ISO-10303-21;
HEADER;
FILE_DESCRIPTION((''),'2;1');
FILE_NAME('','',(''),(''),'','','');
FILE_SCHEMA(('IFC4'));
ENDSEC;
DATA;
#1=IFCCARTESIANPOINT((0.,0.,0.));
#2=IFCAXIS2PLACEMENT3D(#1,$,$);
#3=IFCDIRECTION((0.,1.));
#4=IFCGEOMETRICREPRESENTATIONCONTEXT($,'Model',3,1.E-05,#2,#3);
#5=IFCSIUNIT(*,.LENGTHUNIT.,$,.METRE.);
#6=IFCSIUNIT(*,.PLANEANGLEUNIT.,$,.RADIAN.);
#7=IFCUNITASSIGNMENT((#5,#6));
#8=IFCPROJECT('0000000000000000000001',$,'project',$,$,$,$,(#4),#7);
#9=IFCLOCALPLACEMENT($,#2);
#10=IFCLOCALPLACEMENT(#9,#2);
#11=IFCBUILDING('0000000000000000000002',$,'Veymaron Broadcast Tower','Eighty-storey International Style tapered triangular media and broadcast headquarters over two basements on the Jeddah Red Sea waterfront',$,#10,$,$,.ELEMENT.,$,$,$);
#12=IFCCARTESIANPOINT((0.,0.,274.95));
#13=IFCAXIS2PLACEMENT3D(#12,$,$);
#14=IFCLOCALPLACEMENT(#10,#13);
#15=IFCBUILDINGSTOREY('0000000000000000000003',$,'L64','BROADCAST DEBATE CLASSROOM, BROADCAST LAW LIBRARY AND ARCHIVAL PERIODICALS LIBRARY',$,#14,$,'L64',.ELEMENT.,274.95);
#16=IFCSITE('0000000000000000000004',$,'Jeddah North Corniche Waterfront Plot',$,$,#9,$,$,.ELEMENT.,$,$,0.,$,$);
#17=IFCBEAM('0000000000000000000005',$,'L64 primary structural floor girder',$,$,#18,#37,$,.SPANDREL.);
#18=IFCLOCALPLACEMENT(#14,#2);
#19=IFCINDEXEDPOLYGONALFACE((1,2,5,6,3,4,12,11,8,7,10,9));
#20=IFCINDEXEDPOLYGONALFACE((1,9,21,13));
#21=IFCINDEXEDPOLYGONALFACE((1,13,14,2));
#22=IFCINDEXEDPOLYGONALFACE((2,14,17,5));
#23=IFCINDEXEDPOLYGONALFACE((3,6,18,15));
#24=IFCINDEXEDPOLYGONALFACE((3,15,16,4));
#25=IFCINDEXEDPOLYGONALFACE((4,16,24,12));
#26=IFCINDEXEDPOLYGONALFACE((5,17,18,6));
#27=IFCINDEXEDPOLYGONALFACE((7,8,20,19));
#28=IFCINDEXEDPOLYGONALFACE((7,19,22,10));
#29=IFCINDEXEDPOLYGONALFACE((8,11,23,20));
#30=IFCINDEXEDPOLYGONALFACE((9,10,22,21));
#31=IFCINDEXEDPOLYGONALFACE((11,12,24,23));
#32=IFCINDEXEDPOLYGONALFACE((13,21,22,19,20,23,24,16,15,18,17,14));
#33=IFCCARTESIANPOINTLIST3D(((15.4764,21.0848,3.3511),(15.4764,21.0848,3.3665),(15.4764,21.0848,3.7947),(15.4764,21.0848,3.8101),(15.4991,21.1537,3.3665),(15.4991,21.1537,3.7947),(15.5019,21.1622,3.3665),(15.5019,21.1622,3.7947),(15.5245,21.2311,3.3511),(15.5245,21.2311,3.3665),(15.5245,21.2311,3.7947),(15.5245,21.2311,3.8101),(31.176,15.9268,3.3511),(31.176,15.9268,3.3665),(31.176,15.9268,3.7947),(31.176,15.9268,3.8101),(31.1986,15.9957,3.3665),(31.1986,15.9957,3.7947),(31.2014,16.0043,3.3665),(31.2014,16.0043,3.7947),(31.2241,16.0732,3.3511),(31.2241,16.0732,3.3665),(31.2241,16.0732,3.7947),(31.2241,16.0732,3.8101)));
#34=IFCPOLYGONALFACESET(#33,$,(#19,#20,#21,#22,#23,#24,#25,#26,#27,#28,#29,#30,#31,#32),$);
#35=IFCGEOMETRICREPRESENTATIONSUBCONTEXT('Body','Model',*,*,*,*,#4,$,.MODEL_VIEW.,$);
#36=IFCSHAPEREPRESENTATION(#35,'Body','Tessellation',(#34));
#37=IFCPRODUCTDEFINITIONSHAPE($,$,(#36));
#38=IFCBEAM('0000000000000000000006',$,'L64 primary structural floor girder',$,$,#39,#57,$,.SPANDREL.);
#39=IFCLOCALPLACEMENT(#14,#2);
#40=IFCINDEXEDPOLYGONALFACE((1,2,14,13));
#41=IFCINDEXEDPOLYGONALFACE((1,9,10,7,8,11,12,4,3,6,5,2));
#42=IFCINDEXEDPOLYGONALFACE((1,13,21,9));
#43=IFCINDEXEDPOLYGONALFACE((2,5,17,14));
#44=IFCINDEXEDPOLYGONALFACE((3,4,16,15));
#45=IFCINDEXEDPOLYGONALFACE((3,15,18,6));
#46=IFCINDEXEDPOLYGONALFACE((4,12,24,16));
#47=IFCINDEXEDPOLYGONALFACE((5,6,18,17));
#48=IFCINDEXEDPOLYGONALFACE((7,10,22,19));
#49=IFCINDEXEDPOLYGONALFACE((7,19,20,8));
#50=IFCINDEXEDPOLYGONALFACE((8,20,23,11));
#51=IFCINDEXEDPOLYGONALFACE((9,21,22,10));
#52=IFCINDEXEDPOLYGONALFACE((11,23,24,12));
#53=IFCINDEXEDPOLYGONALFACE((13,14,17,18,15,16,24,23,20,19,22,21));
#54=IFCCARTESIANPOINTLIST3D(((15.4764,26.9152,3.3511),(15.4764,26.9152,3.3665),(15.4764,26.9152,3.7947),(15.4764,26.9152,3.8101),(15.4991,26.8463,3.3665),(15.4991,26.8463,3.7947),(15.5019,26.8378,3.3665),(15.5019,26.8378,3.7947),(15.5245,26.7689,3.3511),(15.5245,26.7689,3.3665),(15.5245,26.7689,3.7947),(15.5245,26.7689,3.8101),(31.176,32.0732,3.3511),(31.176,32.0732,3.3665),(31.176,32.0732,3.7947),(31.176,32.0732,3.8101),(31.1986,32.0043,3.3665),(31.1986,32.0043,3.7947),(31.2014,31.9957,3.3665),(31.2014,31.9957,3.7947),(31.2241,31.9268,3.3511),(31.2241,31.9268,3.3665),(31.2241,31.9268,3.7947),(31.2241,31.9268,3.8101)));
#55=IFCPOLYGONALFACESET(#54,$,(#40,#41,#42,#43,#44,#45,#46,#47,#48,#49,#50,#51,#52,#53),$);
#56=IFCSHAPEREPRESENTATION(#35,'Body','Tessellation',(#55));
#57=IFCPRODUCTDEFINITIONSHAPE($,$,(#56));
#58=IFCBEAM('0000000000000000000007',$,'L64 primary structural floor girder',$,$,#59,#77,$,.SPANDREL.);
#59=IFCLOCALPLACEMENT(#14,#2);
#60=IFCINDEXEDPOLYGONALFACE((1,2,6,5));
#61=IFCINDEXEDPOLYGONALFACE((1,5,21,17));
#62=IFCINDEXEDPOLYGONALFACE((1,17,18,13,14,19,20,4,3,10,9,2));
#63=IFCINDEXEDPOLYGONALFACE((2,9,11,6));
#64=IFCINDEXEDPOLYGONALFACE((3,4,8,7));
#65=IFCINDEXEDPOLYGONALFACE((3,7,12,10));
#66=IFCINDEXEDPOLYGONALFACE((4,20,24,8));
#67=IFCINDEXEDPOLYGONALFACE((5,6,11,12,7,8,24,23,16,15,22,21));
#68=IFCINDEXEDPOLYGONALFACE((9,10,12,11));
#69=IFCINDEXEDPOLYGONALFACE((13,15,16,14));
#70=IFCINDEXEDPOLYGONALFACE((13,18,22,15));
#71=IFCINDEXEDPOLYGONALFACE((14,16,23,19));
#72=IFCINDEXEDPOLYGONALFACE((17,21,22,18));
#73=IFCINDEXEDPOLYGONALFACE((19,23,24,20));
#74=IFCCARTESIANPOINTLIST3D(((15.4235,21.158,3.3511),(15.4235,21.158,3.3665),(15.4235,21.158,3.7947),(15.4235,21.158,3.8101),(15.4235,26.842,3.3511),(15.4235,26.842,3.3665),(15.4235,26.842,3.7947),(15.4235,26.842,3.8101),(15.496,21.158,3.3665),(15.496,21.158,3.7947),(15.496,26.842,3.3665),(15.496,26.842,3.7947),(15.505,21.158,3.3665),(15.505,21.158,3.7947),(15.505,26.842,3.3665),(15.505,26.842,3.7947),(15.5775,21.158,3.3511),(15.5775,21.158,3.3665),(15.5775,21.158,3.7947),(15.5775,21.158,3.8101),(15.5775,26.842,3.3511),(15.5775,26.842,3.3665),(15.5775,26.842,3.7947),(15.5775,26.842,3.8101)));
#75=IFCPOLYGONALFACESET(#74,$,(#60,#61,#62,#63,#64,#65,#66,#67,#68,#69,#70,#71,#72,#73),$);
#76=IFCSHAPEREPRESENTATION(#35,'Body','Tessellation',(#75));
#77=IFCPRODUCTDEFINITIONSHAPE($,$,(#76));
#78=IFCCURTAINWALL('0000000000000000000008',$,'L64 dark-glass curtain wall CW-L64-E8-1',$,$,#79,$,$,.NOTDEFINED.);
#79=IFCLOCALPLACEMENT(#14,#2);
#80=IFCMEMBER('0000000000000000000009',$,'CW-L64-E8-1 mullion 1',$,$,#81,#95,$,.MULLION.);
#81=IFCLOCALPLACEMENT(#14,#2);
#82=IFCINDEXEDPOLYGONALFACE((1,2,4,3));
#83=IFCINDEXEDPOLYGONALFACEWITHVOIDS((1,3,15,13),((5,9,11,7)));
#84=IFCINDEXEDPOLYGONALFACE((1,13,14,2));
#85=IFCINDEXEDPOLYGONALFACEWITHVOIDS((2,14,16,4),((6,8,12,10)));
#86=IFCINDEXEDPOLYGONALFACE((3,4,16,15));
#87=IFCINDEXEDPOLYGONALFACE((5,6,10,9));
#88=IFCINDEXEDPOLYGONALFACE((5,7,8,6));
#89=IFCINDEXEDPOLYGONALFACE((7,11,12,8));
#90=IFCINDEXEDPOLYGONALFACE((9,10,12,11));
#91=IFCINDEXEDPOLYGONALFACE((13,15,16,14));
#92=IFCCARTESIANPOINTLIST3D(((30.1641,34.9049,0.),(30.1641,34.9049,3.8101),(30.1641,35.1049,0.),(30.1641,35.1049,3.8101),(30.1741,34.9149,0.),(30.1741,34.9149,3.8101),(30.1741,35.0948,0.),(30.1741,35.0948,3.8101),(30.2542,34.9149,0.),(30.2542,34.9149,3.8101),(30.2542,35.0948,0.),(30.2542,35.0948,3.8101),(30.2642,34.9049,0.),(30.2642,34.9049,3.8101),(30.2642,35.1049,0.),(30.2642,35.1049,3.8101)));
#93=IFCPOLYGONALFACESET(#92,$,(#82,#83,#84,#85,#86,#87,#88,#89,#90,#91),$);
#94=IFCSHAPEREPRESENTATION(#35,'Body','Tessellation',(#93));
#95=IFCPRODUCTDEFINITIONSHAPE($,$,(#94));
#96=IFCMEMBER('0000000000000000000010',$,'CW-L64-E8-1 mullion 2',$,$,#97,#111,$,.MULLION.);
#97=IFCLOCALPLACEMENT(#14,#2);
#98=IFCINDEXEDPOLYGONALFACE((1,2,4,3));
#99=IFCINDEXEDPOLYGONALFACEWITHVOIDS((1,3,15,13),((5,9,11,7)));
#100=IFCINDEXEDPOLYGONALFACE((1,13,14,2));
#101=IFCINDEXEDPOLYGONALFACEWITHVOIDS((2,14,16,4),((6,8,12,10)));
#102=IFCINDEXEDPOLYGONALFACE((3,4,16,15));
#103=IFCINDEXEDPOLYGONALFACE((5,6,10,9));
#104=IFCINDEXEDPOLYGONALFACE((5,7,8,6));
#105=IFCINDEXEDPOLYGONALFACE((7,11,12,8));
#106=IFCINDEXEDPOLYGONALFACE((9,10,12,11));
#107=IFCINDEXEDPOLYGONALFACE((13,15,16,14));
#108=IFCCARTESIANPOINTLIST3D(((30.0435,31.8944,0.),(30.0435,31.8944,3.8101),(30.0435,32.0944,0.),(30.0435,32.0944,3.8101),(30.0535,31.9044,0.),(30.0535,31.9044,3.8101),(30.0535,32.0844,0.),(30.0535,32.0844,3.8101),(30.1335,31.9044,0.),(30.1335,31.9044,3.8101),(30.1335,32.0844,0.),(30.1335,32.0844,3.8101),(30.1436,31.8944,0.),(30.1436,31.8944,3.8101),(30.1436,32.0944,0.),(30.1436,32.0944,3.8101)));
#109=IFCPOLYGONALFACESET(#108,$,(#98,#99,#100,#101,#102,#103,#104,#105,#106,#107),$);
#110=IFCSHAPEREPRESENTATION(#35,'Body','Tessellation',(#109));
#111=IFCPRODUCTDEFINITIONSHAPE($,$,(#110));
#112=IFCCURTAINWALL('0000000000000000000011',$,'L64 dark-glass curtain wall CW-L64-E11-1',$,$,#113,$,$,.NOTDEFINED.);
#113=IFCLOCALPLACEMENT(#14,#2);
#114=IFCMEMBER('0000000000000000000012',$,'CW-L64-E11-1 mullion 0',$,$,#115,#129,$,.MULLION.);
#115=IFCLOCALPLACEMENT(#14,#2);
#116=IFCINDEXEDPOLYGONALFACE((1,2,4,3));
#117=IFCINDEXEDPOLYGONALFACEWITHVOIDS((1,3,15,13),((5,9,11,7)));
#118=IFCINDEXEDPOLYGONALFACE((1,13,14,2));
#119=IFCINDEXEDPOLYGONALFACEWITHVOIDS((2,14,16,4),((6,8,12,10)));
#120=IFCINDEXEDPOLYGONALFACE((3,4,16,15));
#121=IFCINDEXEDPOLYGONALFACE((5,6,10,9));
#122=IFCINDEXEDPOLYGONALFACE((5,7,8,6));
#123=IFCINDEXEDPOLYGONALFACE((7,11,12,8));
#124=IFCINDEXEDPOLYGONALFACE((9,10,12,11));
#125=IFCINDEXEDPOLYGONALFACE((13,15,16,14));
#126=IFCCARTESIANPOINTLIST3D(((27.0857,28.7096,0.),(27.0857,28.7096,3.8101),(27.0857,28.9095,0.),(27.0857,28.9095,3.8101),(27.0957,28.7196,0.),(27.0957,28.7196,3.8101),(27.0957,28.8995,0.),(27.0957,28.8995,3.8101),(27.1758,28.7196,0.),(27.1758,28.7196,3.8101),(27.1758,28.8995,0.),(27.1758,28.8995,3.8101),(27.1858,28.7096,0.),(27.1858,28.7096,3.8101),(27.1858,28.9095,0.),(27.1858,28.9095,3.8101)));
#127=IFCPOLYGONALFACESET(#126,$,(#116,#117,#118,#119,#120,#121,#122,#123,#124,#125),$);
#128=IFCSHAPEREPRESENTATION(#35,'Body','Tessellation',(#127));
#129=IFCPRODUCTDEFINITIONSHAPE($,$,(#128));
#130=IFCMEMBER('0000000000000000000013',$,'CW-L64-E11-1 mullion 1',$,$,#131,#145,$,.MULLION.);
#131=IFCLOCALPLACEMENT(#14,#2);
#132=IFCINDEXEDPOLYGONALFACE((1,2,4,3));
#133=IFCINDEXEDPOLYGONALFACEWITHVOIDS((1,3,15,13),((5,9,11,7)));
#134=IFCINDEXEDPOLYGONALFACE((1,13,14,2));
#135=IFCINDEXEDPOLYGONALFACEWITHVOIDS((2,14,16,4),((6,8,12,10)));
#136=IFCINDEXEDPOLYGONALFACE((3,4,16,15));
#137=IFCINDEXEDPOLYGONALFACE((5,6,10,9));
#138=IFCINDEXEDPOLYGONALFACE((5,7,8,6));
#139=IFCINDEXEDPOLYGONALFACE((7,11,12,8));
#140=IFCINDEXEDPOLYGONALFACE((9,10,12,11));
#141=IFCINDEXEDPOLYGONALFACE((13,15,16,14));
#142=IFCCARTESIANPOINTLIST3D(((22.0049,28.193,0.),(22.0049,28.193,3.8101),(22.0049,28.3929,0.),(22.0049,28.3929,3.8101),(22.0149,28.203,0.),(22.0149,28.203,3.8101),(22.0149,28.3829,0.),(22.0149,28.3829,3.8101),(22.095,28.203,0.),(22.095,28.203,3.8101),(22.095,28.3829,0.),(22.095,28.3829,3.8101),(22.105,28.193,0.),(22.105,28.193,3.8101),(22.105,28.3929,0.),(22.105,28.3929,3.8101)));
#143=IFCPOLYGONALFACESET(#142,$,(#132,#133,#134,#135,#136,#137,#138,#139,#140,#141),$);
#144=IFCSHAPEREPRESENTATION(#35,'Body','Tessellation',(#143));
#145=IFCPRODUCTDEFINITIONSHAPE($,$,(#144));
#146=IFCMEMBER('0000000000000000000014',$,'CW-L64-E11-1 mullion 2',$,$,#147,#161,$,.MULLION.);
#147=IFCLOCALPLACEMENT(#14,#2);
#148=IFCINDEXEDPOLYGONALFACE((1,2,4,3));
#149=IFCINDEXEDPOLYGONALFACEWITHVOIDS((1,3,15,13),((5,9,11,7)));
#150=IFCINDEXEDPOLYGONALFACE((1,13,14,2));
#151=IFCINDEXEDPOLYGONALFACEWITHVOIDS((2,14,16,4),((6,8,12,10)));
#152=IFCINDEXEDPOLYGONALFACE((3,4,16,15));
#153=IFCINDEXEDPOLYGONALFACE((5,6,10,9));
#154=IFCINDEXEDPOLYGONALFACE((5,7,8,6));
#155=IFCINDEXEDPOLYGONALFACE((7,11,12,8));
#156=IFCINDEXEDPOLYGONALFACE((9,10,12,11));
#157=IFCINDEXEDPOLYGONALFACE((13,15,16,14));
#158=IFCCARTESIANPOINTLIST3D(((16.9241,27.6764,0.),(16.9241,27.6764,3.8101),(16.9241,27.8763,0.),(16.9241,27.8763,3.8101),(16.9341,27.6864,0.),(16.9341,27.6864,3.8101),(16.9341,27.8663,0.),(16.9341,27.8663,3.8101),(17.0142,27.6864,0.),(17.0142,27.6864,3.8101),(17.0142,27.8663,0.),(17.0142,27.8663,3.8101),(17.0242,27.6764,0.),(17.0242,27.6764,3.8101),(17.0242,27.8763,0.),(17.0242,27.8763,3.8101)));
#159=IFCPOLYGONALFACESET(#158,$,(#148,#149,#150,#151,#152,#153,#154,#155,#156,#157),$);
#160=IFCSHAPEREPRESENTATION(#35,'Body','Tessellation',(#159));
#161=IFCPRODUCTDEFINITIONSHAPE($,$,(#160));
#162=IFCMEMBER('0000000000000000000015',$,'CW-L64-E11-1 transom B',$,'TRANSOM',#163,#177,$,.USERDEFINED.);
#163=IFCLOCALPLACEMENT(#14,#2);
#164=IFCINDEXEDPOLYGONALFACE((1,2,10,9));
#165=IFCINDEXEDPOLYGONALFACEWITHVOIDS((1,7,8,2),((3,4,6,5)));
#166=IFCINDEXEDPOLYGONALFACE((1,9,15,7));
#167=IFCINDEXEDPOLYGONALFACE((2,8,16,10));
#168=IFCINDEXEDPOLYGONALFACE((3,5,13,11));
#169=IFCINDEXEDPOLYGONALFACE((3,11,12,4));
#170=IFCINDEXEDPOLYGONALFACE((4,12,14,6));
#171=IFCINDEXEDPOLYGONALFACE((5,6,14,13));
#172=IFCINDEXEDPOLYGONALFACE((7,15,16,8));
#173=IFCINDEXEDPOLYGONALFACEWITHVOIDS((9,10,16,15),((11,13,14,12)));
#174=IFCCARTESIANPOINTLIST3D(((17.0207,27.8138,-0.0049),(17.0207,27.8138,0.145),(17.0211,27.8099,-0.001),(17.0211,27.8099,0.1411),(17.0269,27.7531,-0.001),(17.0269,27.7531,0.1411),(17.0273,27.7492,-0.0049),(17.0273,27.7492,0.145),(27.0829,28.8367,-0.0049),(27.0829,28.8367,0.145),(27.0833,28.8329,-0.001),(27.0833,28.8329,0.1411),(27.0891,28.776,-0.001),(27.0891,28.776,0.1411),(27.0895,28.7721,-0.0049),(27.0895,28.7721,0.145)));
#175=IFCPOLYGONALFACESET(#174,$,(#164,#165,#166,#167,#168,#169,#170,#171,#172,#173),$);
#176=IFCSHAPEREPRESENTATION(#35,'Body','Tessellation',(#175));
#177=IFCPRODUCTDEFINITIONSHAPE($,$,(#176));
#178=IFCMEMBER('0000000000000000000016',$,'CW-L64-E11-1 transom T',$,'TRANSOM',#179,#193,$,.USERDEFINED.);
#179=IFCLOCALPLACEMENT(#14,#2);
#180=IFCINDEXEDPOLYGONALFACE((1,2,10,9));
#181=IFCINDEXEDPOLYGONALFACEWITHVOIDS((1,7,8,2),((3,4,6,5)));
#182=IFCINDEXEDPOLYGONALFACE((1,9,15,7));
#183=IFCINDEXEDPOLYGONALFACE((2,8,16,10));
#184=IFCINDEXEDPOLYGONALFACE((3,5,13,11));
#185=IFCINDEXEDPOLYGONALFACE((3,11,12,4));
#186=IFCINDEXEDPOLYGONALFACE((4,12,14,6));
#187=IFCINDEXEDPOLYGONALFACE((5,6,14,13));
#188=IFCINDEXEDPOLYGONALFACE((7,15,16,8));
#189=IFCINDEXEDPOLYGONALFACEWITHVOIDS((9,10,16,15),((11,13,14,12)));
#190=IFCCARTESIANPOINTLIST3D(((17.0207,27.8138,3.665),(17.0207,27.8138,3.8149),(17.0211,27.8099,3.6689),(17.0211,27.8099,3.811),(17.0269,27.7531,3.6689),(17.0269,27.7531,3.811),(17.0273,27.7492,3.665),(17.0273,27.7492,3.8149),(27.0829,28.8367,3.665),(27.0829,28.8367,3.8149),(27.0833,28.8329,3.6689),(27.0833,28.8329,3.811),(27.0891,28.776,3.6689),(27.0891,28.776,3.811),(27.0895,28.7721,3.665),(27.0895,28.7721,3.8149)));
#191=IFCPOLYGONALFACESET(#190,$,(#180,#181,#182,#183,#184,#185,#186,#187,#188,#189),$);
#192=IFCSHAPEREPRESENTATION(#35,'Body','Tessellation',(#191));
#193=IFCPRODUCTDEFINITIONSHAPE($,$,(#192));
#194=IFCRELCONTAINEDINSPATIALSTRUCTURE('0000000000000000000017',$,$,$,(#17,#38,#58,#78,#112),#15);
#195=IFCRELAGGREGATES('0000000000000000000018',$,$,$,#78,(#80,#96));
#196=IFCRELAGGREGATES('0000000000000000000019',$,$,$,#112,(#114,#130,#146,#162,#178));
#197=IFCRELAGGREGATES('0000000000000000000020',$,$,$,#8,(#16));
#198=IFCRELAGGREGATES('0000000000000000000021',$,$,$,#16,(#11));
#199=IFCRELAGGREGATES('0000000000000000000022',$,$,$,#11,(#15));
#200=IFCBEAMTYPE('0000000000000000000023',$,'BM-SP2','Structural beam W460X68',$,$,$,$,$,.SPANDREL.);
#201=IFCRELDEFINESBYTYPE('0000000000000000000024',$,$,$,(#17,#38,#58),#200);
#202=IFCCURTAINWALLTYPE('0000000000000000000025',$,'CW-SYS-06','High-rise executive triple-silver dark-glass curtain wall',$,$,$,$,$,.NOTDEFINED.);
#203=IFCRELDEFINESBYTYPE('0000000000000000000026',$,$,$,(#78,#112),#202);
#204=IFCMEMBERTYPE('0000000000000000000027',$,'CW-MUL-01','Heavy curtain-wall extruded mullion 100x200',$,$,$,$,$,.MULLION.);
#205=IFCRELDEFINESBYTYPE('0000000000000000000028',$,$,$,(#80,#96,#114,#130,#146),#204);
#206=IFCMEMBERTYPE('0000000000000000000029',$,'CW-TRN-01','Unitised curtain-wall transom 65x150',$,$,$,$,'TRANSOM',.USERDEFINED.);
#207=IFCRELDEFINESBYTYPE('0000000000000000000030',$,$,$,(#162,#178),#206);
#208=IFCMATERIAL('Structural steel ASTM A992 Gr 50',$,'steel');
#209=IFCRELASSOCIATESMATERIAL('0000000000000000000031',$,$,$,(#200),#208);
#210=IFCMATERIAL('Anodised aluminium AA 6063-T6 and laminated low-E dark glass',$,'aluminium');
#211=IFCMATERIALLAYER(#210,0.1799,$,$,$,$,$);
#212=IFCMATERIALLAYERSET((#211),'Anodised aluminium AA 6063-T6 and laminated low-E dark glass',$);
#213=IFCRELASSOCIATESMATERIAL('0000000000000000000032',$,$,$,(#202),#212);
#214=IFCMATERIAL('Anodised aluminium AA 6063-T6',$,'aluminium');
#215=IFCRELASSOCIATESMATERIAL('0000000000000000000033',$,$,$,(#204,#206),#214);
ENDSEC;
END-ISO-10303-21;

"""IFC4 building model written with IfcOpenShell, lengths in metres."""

from ifc_helpers import new_model, si_unit, direction, frame, origin, origin_2d, place, context, subcontext, project, spatial, hollow_rectangle, i_section, extrude, material, layer, layer_set, material_profile, profile_set, type_object, element, aggregate, save


model = new_model("IFC4")

# Units and contexts
model_context = context("Model", 3, precision=1e-05, world=origin(), true_north=direction((0.0, 1.0)))
body_context = subcontext(model_context, "Body", "Model", "MODEL_VIEW")
ifc_project = project(units=[si_unit("LENGTHUNIT", "METRE"), si_unit("PLANEANGLEUNIT", "RADIAN")], contexts=[model_context])

# Site, building, storey
site_placement = place(None, origin())
site = spatial("IfcSite", under=ifc_project, at=site_placement, Name="Jeddah North Corniche Waterfront Plot", CompositionType="ELEMENT", RefElevation=0.0)
building_placement = place(site_placement, origin())
building = spatial("IfcBuilding", under=site, at=building_placement, Name="Veymaron Broadcast Tower", Description="Eighty-storey International Style tapered triangular media and broadcast headquarters over two basements on the Jeddah Red Sea waterfront", CompositionType="ELEMENT")
storey_placement = place(building_placement, frame((0.0, 0.0, 274.95)))
storey = spatial("IfcBuildingStorey", under=building, at=storey_placement, Name="L64", Description="BROADCAST DEBATE CLASSROOM, BROADCAST LAW LIBRARY AND ARCHIVAL PERIODICALS LIBRARY", LongName="L64", CompositionType="ELEMENT", Elevation=274.95)

# Beams
ifc_material_1 = material(Name="Structural steel ASTM A992 Gr 50", Category="steel")
ifc_material_profile_1 = material_profile(ifc_material_1, i_section(OverallWidth=0.1541, OverallDepth=0.459, WebThickness=0.009, FlangeThickness=0.0154, at=origin_2d()), Name="W460X68")
ifc_profile_set_1 = profile_set([ifc_material_profile_1], Name="Structural steel ASTM A992 Gr 50")
beam_type_1 = type_object("IfcBeamType", Name="BM-SP2", Description="Structural beam W460X68", PredefinedType="SPANDREL", material=ifc_profile_set_1)
for number, where, z_axis, x_axis, name in (
    (1, (15.5005, 21.158, 3.5806), (0.95004, -0.312129, 0.0), (0.312129, 0.95004, 0.0), "L64 primary structural floor girder"),
    (2, (15.5005, 26.842, 3.5806), (0.95004, 0.312129, 0.0), (-0.312129, 0.95004, 0.0), "L64 primary structural floor girder"),
):
    element("IfcBeam", number, at=place(storey_placement, frame(where, z_axis=z_axis, x_axis=x_axis)), inside=storey, type_object=beam_type_1, Name=name, PredefinedType="SPANDREL", context=body_context, shape_type="SweptSolid", body=[
        extrude(i_section(OverallWidth=0.1541, OverallDepth=0.459, WebThickness=0.009, FlangeThickness=0.0154, at=origin_2d()), origin(), (0.0, 0.0, 1.0), 16.5251),
    ])
beam_1_placement = place(storey_placement, frame((15.5005, 21.158, 3.5806), z_axis=(0.0, 1.0, 0.0), x_axis=(-1.0, 0.0, 0.0)))
element("IfcBeam", 3, at=beam_1_placement, inside=storey, type_object=beam_type_1, Name="L64 primary structural floor girder", PredefinedType="SPANDREL", context=body_context, shape_type="SweptSolid", body=[
    extrude(i_section(OverallWidth=0.1541, OverallDepth=0.459, WebThickness=0.009, FlangeThickness=0.0154, at=origin_2d()), origin(), (0.0, 0.0, 1.0), 5.6841),
])

# Curtain walls, members
ifc_material_2 = material(Name="Anodised aluminium AA 6063-T6 and laminated low-E dark glass", Category="aluminium")
ifc_layer_1 = layer(ifc_material_2, 0.1799)
ifc_layer_set_1 = layer_set([ifc_layer_1], Name="Anodised aluminium AA 6063-T6 and laminated low-E dark glass")
curtain_wall_type = type_object("IfcCurtainWallType", Name="CW-SYS-06", Description="High-rise executive triple-silver dark-glass curtain wall", PredefinedType="NOTDEFINED", material=ifc_layer_set_1)
curtain_wall_1_placement = place(storey_placement, origin())
curtain_wall_1 = element("IfcCurtainWall", 4, at=curtain_wall_1_placement, inside=storey, type_object=curtain_wall_type, Name="L64 dark-glass curtain wall CW-L64-E8-1", PredefinedType="NOTDEFINED")
ifc_material_3 = material(Name="Anodised aluminium AA 6063-T6", Category="aluminium")
ifc_material_profile_2 = material_profile(ifc_material_3, hollow_rectangle(XDim=0.1001, YDim=0.2, WallThickness=0.01, at=origin_2d()), Name="RHS200X100X10")
ifc_profile_set_2 = profile_set([ifc_material_profile_2], Name="Anodised aluminium AA 6063-T6")
member_type_1 = type_object("IfcMemberType", Name="CW-MUL-01", Description="Heavy curtain-wall extruded mullion 100x200", PredefinedType="MULLION", material=ifc_profile_set_2)
member_1_placement = place(storey_placement, frame((30.2141, 35.0049, 0.0), z_axis=(0.0, 0.0, 1.0), x_axis=(1.0, 0.0, 0.0)))
member_1 = element("IfcMember", 5, at=member_1_placement, type_object=member_type_1, Name="CW-L64-E8-1 mullion 1", PredefinedType="MULLION", context=body_context, shape_type="SweptSolid", body=[
    extrude(hollow_rectangle(XDim=0.1001, YDim=0.2, WallThickness=0.01, at=origin_2d()), origin(), (0.0, 0.0, 1.0), 3.8101),
])
member_2_placement = place(storey_placement, frame((30.0935, 31.9944, 0.0), z_axis=(0.0, 0.0, 1.0), x_axis=(1.0, 0.0, 0.0)))
member_2 = element("IfcMember", 6, at=member_2_placement, type_object=member_type_1, Name="CW-L64-E8-1 mullion 2", PredefinedType="MULLION", context=body_context, shape_type="SweptSolid", body=[
    extrude(hollow_rectangle(XDim=0.1001, YDim=0.2, WallThickness=0.01, at=origin_2d()), origin(), (0.0, 0.0, 1.0), 3.8101),
])
curtain_wall_2_placement = place(storey_placement, origin())
curtain_wall_2 = element("IfcCurtainWall", 7, at=curtain_wall_2_placement, inside=storey, type_object=curtain_wall_type, Name="L64 dark-glass curtain wall CW-L64-E11-1", PredefinedType="NOTDEFINED")
member_3_placement = place(storey_placement, frame((27.1357, 28.8096, 0.0), z_axis=(0.0, 0.0, 1.0), x_axis=(1.0, 0.0, 0.0)))
member_3 = element("IfcMember", 8, at=member_3_placement, type_object=member_type_1, Name="CW-L64-E11-1 mullion 0", PredefinedType="MULLION", context=body_context, shape_type="SweptSolid", body=[
    extrude(hollow_rectangle(XDim=0.1001, YDim=0.2, WallThickness=0.01, at=origin_2d()), origin(), (0.0, 0.0, 1.0), 3.8101),
])
member_4_placement = place(storey_placement, frame((22.0549, 28.293, 0.0), z_axis=(0.0, 0.0, 1.0), x_axis=(1.0, 0.0, 0.0)))
member_4 = element("IfcMember", 9, at=member_4_placement, type_object=member_type_1, Name="CW-L64-E11-1 mullion 1", PredefinedType="MULLION", context=body_context, shape_type="SweptSolid", body=[
    extrude(hollow_rectangle(XDim=0.1001, YDim=0.2, WallThickness=0.01, at=origin_2d()), origin(), (0.0, 0.0, 1.0), 3.8101),
])
member_5_placement = place(storey_placement, frame((16.9741, 27.7764, 0.0), z_axis=(0.0, 0.0, 1.0), x_axis=(1.0, 0.0, 0.0)))
member_5 = element("IfcMember", 10, at=member_5_placement, type_object=member_type_1, Name="CW-L64-E11-1 mullion 2", PredefinedType="MULLION", context=body_context, shape_type="SweptSolid", body=[
    extrude(hollow_rectangle(XDim=0.1001, YDim=0.2, WallThickness=0.01, at=origin_2d()), origin(), (0.0, 0.0, 1.0), 3.8101),
])
ifc_material_profile_3 = material_profile(ifc_material_3, hollow_rectangle(XDim=0.0649, YDim=0.1499, WallThickness=0.0039, at=origin_2d()), Name="AL150X65X4")
ifc_profile_set_3 = profile_set([ifc_material_profile_3], Name="Anodised aluminium AA 6063-T6")
member_type_2 = type_object("IfcMemberType", Name="CW-TRN-01", Description="Unitised curtain-wall transom 65x150", ElementType="TRANSOM", PredefinedType="USERDEFINED", material=ifc_profile_set_3)
member_6_placement = place(storey_placement, frame((27.0862, 28.8044, 0.0701), z_axis=(-0.994872, -0.101141, 0.0), x_axis=(0.101141, -0.994872, 0.0)))
member_6 = element("IfcMember", 11, at=member_6_placement, type_object=member_type_2, Name="CW-L64-E11-1 transom B", ObjectType="TRANSOM", PredefinedType="USERDEFINED", context=body_context, shape_type="SweptSolid", body=[
    extrude(hollow_rectangle(XDim=0.0649, YDim=0.1499, WallThickness=0.0039, at=origin_2d()), origin(), (0.0, 0.0, 1.0), 10.114),
])
member_7_placement = place(storey_placement, frame((27.0862, 28.8044, 3.74), z_axis=(-0.994872, -0.101141, 0.0), x_axis=(0.101141, -0.994872, 0.0)))
member_7 = element("IfcMember", 12, at=member_7_placement, type_object=member_type_2, Name="CW-L64-E11-1 transom T", ObjectType="TRANSOM", PredefinedType="USERDEFINED", context=body_context, shape_type="SweptSolid", body=[
    extrude(hollow_rectangle(XDim=0.0649, YDim=0.1499, WallThickness=0.0039, at=origin_2d()), origin(), (0.0, 0.0, 1.0), 10.114),
])

aggregate(curtain_wall_1, [member_1, member_2])
aggregate(curtain_wall_2, [member_3, member_4, member_5, member_6, member_7])

save(model, "model.ifc")
